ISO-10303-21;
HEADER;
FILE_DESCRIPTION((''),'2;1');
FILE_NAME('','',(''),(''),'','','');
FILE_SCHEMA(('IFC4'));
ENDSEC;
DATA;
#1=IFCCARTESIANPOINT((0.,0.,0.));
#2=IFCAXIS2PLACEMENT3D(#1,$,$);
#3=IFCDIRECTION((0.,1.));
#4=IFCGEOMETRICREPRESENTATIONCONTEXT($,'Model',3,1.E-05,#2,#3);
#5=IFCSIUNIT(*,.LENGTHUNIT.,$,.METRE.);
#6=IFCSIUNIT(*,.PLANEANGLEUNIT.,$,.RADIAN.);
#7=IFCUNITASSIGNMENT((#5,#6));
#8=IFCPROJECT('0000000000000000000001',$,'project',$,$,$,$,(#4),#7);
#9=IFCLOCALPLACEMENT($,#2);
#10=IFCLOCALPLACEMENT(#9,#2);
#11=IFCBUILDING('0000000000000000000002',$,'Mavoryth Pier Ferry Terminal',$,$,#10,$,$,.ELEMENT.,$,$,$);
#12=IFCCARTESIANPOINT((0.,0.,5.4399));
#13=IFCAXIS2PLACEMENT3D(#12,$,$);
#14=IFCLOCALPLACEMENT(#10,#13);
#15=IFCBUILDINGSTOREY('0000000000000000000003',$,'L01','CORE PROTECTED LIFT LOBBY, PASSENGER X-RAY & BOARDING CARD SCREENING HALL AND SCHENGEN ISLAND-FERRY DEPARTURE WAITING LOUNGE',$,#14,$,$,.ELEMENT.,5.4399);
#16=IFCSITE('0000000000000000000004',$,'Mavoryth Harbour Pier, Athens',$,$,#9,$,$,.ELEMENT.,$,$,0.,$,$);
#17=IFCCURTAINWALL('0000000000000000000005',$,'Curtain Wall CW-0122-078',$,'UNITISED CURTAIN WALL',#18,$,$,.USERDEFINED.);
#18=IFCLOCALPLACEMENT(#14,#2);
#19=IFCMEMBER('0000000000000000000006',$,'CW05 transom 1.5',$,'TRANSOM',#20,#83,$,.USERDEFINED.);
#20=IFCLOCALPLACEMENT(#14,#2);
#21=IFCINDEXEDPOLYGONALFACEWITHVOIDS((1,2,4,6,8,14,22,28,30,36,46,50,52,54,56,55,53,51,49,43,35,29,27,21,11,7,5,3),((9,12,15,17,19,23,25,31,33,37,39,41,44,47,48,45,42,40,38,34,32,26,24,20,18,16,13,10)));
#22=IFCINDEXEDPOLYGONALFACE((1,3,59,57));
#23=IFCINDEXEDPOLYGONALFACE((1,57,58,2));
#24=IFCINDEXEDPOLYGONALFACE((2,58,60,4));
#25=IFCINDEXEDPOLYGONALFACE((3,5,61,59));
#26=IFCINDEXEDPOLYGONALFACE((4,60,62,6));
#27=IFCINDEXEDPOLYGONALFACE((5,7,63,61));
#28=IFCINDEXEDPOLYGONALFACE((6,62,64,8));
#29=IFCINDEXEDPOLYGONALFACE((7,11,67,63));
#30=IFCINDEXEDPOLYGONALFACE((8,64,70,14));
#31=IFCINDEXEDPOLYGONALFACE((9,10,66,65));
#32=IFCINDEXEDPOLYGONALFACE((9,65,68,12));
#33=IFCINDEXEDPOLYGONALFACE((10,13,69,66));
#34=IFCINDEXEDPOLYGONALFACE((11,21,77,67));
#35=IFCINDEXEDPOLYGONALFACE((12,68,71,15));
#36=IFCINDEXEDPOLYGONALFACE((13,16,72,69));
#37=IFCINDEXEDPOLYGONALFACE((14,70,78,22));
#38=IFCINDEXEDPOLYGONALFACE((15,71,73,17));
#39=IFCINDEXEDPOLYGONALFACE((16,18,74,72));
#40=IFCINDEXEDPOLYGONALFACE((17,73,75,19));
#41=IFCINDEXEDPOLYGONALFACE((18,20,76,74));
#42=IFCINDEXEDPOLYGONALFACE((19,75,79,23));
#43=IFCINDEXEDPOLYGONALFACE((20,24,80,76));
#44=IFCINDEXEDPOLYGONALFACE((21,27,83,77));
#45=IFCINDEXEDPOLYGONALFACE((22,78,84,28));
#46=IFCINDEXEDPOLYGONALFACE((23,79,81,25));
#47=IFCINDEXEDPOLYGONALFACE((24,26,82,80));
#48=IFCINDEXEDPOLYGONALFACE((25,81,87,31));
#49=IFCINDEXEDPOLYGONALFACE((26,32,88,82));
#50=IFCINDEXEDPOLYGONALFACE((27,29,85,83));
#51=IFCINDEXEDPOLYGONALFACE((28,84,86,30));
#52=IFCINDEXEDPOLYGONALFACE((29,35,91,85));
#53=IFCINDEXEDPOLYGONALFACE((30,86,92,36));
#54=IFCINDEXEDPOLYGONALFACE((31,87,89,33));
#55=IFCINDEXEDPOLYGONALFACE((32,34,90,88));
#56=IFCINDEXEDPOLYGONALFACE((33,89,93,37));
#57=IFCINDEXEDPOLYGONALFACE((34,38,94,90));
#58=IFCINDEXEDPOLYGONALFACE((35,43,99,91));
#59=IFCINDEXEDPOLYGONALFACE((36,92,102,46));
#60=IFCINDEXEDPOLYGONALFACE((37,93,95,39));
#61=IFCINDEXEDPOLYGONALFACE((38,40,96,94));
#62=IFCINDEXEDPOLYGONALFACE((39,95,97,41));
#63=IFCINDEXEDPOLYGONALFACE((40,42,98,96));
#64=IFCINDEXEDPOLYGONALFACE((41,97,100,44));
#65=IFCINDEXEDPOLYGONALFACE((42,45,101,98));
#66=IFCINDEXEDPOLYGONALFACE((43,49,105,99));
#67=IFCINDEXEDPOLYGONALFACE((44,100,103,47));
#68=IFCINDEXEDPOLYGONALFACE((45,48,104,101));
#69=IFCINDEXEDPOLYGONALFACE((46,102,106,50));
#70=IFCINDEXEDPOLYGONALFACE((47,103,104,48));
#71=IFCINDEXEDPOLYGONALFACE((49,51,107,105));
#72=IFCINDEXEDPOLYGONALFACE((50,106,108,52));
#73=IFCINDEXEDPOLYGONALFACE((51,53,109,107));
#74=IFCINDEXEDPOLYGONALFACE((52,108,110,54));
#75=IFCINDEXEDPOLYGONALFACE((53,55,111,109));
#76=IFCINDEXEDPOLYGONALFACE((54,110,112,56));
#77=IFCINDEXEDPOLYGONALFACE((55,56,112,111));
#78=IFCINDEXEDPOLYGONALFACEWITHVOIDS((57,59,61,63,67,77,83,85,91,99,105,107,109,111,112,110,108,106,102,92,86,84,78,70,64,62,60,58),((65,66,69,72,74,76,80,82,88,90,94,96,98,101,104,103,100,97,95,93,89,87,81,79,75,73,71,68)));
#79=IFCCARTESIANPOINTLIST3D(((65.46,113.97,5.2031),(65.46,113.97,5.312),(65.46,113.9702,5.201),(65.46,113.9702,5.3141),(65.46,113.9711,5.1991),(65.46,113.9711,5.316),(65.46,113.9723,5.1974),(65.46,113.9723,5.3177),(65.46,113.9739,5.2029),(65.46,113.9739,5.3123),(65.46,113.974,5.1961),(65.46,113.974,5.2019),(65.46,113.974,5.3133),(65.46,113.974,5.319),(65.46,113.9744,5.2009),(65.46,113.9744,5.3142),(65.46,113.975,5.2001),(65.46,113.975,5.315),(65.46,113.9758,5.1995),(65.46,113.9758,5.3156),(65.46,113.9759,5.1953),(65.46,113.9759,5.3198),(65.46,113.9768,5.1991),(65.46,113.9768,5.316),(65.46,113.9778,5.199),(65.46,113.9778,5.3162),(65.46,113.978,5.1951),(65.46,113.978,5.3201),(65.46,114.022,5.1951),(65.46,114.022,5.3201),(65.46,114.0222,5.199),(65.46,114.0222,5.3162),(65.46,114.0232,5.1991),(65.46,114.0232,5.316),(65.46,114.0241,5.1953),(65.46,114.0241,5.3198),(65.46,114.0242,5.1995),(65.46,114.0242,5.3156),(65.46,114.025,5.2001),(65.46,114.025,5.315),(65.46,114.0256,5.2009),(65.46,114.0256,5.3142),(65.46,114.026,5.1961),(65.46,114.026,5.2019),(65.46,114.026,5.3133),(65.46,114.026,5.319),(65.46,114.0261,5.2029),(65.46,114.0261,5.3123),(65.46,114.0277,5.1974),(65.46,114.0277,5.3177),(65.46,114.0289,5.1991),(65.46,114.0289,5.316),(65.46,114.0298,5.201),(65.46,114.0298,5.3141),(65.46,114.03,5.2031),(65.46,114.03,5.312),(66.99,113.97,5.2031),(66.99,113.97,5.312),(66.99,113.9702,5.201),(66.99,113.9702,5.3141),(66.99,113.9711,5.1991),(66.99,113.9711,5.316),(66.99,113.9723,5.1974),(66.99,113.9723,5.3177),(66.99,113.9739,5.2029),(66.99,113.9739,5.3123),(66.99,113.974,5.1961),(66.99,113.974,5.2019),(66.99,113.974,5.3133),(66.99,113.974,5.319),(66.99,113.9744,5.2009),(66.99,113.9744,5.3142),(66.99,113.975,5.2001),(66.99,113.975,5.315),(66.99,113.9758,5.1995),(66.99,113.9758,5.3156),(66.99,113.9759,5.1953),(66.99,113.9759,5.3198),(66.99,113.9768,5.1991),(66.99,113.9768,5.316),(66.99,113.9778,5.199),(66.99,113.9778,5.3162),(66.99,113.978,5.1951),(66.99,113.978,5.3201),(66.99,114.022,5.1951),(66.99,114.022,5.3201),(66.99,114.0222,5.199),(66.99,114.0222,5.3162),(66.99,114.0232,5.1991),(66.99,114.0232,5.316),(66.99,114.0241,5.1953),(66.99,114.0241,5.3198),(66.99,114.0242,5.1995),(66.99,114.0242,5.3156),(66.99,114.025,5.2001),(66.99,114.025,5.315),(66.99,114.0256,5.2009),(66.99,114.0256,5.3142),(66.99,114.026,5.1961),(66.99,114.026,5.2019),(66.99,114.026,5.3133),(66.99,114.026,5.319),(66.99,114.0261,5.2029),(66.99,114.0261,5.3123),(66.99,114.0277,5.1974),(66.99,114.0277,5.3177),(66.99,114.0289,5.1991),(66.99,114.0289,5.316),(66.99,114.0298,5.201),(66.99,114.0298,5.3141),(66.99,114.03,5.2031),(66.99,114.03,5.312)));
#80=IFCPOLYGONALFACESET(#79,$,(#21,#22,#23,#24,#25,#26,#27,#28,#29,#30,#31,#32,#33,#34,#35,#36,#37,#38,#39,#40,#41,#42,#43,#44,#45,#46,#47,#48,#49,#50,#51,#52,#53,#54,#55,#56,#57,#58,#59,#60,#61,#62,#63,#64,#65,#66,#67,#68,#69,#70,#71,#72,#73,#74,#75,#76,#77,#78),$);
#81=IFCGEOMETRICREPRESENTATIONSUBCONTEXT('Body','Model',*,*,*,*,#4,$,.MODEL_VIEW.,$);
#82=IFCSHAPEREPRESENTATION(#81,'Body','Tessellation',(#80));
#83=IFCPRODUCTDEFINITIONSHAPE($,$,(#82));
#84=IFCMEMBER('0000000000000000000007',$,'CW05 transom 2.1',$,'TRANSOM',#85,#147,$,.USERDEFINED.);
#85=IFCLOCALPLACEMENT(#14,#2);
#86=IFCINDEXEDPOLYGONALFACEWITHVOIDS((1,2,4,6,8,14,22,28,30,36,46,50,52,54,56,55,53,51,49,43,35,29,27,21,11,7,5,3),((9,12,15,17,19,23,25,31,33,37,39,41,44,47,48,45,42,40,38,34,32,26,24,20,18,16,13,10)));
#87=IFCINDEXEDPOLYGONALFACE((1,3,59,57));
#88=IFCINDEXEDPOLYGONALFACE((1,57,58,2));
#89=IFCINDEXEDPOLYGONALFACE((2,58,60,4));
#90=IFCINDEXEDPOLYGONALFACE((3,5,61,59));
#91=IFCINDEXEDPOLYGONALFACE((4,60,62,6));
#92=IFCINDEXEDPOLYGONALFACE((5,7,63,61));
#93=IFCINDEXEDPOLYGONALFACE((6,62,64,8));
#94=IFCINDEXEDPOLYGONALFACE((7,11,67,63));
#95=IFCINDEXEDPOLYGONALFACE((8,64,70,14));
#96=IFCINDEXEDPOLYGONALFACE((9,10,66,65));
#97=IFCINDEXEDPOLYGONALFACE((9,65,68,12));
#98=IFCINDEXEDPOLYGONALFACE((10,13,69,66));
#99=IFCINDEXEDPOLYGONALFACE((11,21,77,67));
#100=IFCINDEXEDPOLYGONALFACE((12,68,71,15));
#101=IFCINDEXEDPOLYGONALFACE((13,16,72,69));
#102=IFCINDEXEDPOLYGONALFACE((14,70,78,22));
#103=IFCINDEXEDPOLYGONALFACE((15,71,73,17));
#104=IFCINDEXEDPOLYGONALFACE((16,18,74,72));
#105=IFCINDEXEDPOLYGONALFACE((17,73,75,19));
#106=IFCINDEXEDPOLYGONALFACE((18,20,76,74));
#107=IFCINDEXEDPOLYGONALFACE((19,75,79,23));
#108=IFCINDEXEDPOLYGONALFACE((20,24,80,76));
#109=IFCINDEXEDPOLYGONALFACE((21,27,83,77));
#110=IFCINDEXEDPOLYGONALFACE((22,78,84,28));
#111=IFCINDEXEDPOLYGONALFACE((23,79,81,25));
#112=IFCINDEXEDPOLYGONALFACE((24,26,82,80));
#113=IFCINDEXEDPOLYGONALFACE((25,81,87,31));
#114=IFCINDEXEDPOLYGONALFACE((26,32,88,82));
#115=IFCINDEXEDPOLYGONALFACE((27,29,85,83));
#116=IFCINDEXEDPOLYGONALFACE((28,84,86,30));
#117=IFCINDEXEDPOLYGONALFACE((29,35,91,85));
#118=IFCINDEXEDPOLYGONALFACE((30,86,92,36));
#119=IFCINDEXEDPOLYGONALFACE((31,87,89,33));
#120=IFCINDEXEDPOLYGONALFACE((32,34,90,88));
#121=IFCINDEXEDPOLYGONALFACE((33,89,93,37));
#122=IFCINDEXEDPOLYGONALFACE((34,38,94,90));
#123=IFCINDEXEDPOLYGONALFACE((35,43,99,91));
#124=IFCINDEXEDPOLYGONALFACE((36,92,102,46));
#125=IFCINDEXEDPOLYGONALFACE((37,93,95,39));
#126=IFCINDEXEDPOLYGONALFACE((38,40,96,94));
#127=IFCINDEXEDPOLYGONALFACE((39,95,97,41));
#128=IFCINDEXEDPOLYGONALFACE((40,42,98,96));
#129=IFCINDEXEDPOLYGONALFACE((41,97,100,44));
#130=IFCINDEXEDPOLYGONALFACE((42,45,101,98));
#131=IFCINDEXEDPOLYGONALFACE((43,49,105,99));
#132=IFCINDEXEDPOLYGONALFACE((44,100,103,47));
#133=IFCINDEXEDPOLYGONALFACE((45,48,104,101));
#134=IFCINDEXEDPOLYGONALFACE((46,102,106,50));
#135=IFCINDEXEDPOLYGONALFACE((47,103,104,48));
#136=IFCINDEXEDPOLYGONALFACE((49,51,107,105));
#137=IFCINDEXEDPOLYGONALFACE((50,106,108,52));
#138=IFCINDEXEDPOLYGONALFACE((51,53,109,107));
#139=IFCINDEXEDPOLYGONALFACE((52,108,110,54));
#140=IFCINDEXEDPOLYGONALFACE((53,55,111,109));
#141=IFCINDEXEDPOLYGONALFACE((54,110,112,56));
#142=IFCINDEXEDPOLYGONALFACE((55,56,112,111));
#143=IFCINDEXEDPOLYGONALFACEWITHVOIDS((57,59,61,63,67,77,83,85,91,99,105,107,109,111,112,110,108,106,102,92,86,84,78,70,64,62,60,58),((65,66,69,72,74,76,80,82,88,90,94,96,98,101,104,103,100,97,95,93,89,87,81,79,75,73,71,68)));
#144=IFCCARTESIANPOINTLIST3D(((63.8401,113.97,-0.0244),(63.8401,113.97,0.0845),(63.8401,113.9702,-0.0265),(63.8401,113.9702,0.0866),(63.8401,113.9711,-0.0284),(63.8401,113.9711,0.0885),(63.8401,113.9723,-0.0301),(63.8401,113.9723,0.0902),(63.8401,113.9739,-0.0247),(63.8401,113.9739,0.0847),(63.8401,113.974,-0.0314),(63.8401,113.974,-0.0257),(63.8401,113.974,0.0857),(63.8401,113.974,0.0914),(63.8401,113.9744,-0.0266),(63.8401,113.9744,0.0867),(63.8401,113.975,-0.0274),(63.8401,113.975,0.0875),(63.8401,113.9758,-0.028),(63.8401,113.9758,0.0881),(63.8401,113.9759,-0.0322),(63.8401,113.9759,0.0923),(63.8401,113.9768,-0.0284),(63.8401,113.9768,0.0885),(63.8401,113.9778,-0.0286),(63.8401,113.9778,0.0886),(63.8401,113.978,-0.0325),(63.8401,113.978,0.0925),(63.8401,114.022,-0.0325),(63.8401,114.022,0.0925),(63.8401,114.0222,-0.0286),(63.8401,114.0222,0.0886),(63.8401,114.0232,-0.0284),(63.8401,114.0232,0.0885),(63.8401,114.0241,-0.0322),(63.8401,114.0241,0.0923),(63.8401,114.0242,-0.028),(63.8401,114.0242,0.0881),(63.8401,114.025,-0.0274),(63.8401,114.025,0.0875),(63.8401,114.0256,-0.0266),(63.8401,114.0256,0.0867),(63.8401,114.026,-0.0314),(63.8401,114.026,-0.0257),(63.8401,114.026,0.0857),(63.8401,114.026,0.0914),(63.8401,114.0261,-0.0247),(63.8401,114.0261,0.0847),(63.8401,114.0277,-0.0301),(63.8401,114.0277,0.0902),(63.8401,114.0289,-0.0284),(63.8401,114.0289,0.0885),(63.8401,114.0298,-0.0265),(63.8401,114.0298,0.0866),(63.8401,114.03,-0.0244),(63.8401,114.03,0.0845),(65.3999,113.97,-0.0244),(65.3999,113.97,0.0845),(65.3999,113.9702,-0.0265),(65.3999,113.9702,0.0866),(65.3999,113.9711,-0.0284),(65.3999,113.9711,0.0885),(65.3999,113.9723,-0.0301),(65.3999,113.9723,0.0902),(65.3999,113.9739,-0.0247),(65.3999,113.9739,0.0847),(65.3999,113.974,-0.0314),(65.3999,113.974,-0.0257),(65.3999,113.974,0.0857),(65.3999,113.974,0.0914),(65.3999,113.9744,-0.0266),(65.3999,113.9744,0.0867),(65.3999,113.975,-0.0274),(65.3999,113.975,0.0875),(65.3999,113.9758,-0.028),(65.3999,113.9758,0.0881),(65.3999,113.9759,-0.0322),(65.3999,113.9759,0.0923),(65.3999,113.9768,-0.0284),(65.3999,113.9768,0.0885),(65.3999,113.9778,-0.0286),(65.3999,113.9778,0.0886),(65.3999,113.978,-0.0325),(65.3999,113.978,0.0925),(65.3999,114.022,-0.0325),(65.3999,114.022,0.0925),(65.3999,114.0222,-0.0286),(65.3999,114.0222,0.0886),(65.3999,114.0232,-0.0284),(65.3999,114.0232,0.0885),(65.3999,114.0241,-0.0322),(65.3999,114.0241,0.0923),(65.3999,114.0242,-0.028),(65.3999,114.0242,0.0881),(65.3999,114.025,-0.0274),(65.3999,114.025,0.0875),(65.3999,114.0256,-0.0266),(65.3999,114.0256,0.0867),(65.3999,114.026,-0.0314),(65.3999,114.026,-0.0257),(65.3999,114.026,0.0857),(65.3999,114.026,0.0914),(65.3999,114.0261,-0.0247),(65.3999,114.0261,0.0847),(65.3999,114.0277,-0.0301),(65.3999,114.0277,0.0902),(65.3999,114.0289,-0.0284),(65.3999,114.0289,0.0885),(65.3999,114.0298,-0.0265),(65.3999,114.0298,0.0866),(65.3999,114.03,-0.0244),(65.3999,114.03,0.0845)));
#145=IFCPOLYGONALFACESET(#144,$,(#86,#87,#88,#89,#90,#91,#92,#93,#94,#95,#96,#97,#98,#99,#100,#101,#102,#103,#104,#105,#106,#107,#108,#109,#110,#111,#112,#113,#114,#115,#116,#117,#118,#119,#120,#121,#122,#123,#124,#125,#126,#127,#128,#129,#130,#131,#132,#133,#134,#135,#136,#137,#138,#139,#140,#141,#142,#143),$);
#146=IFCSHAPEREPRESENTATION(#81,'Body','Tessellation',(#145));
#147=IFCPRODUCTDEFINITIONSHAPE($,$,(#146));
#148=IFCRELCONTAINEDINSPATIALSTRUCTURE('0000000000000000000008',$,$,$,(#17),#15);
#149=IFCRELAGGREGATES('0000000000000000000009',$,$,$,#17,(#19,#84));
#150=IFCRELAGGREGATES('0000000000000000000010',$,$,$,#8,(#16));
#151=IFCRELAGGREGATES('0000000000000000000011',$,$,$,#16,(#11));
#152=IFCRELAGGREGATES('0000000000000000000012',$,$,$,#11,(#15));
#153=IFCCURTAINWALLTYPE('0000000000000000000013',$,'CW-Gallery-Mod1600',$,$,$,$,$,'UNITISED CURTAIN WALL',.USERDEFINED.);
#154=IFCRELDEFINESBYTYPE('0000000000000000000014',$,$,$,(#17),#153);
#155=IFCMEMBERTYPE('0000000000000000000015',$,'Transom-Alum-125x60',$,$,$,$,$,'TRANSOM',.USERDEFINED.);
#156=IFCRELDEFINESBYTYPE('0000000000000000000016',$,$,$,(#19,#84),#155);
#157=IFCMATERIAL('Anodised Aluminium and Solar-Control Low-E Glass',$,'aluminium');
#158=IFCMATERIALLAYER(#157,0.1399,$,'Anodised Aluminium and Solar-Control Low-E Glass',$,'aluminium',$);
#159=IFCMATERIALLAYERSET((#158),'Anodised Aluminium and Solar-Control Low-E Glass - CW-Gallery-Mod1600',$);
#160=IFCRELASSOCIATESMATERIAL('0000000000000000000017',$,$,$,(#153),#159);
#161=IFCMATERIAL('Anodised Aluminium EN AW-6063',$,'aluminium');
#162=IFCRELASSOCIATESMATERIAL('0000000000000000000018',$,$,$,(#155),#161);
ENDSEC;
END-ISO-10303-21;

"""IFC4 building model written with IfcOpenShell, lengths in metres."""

from ifc_helpers import new_model, si_unit, direction, frame, origin, origin_2d, place, context, subcontext, project, spatial, hollow_rectangle, extrude, material, layer, layer_set, material_profile, profile_set, type_object, element, aggregate, save


model = new_model("IFC4")

# Units and contexts
model_context = context("Model", 3, precision=1e-05, world=origin(), true_north=direction((0.0, 1.0)))
body_context = subcontext(model_context, "Body", "Model", "MODEL_VIEW")
ifc_project = project(units=[si_unit("LENGTHUNIT", "METRE"), si_unit("PLANEANGLEUNIT", "RADIAN")], contexts=[model_context])

# Site, building, storey
site_placement = place(None, origin())
site = spatial("IfcSite", under=ifc_project, at=site_placement, Name="Mavoryth Harbour Pier, Athens", CompositionType="ELEMENT", RefElevation=0.0)
building_placement = place(site_placement, origin())
building = spatial("IfcBuilding", under=site, at=building_placement, Name="Mavoryth Pier Ferry Terminal", CompositionType="ELEMENT")
storey_placement = place(building_placement, frame((0.0, 0.0, 5.4399)))
storey = spatial("IfcBuildingStorey", under=building, at=storey_placement, Name="L01", Description="CORE PROTECTED LIFT LOBBY, PASSENGER X-RAY & BOARDING CARD SCREENING HALL AND SCHENGEN ISLAND-FERRY DEPARTURE WAITING LOUNGE", CompositionType="ELEMENT", Elevation=5.4399)

# Curtain wall
ifc_material_1 = material(Name="Anodised Aluminium and Solar-Control Low-E Glass", Category="aluminium")
ifc_layer_1 = layer(ifc_material_1, 0.1399, Name="Anodised Aluminium and Solar-Control Low-E Glass", Category="aluminium")
ifc_layer_set_1 = layer_set([ifc_layer_1], Name="Anodised Aluminium and Solar-Control Low-E Glass - CW-Gallery-Mod1600")
curtain_wall_type = type_object("IfcCurtainWallType", Name="CW-Gallery-Mod1600", ElementType="UNITISED CURTAIN WALL", PredefinedType="USERDEFINED", material=ifc_layer_set_1)
curtain_wall_placement = place(storey_placement, origin())
curtain_wall = element("IfcCurtainWall", 1, at=curtain_wall_placement, inside=storey, type_object=curtain_wall_type, Name="Curtain Wall CW-0122-078", ObjectType="UNITISED CURTAIN WALL", PredefinedType="USERDEFINED")
ifc_material_2 = material(Name="Anodised Aluminium EN AW-6063", Category="aluminium")

# Members
ifc_material_profile_1 = material_profile(ifc_material_2, hollow_rectangle(XDim=0.0601, YDim=0.125, WallThickness=0.0039, InnerFilletRadius=0.0039, OuterFilletRadius=0.0081, at=origin_2d()), Name="AL-TRAN 125x60x4", Category="aluminium")
ifc_profile_set_1 = profile_set([ifc_material_profile_1], Name="Anodised Aluminium EN AW-6063 - AL-TRAN 125x60x4")
member_type_1 = type_object("IfcMemberType", Name="Transom-Alum-125x60", ElementType="TRANSOM", PredefinedType="USERDEFINED", material=ifc_profile_set_1)
member_1_placement = place(storey_placement, frame((66.99, 114.0, 5.2576), z_axis=(-1.0, 0.0, 0.0), x_axis=(0.0, -1.0, 0.0)))
member_1 = element("IfcMember", 2, at=member_1_placement, type_object=member_type_1, Name="CW05 transom 1.5", ObjectType="TRANSOM", PredefinedType="USERDEFINED", context=body_context, shape_type="SweptSolid", body=[
    extrude(hollow_rectangle(XDim=0.0601, YDim=0.125, WallThickness=0.0039, InnerFilletRadius=0.0039, OuterFilletRadius=0.0081, at=origin_2d()), origin(), (0.0, 0.0, 1.0), 1.53),
])
member_2_placement = place(storey_placement, frame((65.3999, 114.0, 0.03), z_axis=(-1.0, 0.0, 0.0), x_axis=(0.0, -1.0, 0.0)))
member_2 = element("IfcMember", 3, at=member_2_placement, type_object=member_type_1, Name="CW05 transom 2.1", ObjectType="TRANSOM", PredefinedType="USERDEFINED", context=body_context, shape_type="SweptSolid", body=[
    extrude(hollow_rectangle(XDim=0.0601, YDim=0.125, WallThickness=0.0039, InnerFilletRadius=0.0039, OuterFilletRadius=0.0081, at=origin_2d()), origin(), (0.0, 0.0, 1.0), 1.5598),
])

aggregate(curtain_wall, [member_1, member_2])

save(model, "model.ifc")
